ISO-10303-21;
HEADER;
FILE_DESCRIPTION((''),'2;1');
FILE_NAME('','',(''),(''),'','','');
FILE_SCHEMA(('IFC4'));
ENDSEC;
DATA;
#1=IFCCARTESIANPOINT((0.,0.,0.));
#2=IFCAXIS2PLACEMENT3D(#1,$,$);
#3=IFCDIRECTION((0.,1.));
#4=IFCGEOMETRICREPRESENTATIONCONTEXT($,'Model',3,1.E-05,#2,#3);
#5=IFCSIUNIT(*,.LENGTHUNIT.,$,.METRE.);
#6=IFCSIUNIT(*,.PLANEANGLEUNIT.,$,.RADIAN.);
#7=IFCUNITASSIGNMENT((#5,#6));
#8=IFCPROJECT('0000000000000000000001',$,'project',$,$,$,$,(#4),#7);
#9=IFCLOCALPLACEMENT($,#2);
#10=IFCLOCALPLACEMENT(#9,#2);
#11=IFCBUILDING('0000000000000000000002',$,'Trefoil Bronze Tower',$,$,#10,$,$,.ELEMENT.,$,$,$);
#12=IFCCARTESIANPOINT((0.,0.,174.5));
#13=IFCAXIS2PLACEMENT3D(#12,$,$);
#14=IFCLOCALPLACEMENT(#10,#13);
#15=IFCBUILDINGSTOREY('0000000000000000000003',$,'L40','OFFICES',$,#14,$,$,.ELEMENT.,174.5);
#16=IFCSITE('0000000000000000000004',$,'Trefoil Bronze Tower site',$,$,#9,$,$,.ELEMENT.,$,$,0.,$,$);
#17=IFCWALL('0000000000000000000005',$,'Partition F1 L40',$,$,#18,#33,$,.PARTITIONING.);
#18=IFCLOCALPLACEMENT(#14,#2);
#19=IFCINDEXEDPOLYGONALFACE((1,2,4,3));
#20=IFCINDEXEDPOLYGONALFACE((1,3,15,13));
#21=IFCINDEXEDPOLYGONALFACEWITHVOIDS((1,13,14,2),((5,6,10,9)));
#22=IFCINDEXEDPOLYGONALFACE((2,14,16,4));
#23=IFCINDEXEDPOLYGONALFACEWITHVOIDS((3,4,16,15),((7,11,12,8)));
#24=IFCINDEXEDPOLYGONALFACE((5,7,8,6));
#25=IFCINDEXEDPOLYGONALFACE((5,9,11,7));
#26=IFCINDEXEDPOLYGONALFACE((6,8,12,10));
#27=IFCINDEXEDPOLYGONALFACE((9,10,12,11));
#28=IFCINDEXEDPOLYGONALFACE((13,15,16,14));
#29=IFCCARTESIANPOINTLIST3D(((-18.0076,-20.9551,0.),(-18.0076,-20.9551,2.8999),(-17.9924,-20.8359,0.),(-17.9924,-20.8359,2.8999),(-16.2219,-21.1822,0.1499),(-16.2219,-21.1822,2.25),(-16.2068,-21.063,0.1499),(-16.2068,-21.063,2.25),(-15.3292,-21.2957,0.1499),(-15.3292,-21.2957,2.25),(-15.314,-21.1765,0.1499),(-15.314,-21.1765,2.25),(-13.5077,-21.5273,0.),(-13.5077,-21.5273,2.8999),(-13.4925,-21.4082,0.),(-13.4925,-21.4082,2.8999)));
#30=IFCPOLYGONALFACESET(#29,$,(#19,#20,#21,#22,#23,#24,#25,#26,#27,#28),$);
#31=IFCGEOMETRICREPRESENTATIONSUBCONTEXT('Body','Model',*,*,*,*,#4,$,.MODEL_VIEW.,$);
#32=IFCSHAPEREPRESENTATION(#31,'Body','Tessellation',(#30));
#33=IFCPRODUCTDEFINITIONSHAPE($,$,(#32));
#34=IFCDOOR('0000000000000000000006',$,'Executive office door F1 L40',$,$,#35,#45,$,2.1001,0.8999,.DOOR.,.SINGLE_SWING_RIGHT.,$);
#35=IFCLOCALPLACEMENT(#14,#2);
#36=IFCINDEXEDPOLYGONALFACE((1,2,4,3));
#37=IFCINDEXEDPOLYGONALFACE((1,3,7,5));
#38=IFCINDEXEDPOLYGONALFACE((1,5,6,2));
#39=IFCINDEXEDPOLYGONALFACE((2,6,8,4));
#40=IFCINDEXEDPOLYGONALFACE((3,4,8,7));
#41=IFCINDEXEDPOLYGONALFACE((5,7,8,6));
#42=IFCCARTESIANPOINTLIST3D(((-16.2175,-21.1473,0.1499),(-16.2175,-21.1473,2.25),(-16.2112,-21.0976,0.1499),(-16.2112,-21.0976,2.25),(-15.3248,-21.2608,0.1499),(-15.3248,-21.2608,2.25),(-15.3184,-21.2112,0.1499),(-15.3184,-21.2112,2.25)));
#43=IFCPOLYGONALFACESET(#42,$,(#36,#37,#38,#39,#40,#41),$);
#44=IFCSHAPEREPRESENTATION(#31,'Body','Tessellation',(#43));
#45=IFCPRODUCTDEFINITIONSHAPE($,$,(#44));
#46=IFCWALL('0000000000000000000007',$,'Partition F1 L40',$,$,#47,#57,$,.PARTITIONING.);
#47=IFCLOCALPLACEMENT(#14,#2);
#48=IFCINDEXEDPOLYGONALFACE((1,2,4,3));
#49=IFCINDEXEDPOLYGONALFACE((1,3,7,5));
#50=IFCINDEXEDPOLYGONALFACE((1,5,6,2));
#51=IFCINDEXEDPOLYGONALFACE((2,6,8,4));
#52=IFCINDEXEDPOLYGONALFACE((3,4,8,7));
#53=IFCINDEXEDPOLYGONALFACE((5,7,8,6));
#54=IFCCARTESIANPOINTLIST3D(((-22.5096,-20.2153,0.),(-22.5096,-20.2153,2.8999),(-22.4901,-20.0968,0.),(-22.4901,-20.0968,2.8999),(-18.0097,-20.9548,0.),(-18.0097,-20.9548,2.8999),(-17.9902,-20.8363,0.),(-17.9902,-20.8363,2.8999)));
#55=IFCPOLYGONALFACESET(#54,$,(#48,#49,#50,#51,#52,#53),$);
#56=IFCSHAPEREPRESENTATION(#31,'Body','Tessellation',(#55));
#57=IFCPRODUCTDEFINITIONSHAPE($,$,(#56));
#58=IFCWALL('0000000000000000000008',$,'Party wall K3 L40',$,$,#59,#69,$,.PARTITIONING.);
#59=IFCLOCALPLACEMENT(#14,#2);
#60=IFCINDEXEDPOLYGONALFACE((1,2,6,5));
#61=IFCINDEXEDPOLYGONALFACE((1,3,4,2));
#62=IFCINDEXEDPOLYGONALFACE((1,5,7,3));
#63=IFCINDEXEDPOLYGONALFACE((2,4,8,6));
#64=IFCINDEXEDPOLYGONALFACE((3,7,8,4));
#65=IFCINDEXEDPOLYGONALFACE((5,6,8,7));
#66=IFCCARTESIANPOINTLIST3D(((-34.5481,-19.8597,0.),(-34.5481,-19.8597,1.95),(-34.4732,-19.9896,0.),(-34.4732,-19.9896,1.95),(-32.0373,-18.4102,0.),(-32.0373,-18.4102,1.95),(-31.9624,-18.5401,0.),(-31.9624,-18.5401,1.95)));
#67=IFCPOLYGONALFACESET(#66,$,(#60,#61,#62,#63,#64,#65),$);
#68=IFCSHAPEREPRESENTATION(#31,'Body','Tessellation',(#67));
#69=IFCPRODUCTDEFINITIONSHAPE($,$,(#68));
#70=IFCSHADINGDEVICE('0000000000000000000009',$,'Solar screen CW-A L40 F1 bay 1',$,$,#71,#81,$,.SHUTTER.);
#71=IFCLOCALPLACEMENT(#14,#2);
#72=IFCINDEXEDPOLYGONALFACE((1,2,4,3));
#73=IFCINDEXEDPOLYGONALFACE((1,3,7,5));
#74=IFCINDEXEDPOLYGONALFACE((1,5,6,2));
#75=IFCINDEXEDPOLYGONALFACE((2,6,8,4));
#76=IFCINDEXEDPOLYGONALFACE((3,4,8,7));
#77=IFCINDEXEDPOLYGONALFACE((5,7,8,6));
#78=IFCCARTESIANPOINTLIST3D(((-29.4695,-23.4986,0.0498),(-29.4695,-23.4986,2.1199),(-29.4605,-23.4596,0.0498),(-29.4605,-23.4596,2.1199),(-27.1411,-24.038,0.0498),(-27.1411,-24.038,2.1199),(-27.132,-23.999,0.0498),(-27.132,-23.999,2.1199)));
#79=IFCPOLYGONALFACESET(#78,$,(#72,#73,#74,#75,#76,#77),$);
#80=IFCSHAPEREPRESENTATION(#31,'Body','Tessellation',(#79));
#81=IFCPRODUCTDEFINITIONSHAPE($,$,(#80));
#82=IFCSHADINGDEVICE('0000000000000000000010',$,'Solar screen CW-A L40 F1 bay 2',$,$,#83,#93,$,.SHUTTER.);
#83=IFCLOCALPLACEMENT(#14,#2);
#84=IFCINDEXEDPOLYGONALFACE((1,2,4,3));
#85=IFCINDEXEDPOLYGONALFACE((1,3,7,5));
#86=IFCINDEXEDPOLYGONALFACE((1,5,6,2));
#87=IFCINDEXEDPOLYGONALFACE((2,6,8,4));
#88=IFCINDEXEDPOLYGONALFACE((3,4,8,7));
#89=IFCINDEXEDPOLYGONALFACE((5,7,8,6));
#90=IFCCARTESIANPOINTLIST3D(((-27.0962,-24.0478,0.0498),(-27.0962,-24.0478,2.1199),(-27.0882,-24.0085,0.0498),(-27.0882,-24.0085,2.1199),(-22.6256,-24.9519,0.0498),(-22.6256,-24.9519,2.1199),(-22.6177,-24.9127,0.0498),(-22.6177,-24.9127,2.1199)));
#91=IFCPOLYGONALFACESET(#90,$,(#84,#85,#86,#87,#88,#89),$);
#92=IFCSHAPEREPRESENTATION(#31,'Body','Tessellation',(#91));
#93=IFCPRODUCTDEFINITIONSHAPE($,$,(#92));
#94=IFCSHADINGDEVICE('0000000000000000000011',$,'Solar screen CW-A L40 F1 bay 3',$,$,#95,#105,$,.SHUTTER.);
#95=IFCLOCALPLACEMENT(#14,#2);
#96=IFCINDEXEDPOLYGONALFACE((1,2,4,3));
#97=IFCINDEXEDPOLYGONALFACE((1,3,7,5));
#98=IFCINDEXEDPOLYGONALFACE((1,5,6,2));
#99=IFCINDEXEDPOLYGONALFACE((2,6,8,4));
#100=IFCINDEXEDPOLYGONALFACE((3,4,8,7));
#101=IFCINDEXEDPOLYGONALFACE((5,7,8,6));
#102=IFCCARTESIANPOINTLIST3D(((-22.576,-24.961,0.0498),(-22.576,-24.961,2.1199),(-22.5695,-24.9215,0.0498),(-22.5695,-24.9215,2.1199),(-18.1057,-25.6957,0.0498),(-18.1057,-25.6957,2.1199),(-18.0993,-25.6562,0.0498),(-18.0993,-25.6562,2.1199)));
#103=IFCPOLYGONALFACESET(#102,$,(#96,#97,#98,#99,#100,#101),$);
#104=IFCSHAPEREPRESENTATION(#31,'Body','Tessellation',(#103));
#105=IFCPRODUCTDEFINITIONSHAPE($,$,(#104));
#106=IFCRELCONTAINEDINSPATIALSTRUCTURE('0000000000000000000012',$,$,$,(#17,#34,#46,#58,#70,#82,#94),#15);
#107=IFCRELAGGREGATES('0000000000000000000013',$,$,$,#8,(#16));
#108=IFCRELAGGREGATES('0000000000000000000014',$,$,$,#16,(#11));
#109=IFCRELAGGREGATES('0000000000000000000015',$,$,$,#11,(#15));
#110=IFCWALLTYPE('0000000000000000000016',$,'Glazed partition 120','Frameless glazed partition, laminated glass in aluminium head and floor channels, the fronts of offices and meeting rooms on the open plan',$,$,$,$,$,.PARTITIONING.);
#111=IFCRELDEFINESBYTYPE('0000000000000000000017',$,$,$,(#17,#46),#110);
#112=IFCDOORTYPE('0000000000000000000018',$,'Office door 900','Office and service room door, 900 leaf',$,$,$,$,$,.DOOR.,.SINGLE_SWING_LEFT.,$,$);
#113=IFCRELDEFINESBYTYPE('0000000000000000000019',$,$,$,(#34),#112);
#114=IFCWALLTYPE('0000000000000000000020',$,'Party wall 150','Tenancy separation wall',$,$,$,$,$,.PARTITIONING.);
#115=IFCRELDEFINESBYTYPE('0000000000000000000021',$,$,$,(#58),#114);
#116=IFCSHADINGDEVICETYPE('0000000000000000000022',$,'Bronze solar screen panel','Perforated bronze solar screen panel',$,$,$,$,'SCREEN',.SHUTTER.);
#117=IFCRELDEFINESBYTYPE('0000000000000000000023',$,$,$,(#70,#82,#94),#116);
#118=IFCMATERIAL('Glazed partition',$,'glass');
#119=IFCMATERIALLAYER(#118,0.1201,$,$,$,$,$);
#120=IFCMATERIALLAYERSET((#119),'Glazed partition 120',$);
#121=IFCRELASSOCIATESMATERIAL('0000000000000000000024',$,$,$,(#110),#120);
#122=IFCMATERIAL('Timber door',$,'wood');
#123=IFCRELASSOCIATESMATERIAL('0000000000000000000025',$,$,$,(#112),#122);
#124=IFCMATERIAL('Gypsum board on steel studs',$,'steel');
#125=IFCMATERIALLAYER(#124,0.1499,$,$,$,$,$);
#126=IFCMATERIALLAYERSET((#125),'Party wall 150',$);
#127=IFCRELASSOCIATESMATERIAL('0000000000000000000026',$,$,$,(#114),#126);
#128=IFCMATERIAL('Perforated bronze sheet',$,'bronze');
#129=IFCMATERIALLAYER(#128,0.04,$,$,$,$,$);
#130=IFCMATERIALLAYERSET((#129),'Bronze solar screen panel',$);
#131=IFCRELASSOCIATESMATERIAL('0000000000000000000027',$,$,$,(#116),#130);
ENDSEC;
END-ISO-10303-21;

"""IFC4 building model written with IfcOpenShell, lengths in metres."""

from ifc_helpers import new_model, si_unit, direction, frame, frame_2d, origin, origin_2d, place, context, subcontext, project, spatial, rectangle, extrude, material, layer, layer_set, type_object, element, fill, save


model = new_model("IFC4")

# Units and contexts
model_context = context("Model", 3, precision=1e-05, world=origin(), true_north=direction((0.0, 1.0)))
body_context = subcontext(model_context, "Body", "Model", "MODEL_VIEW")
ifc_project = project(units=[si_unit("LENGTHUNIT", "METRE"), si_unit("PLANEANGLEUNIT", "RADIAN")], contexts=[model_context])

# Site, building, storey
site_placement = place(None, origin())
site = spatial("IfcSite", under=ifc_project, at=site_placement, Name="Trefoil Bronze Tower site", CompositionType="ELEMENT", RefElevation=0.0)
building_placement = place(site_placement, origin())
building = spatial("IfcBuilding", under=site, at=building_placement, Name="Trefoil Bronze Tower", CompositionType="ELEMENT")
storey_placement = place(building_placement, frame((0.0, 0.0, 174.5)))
storey = spatial("IfcBuildingStorey", under=building, at=storey_placement, Name="L40", Description="OFFICES", CompositionType="ELEMENT", Elevation=174.5)

# Wall, opening, door
ifc_material_1 = material(Name="Glazed partition", Category="glass")
ifc_layer_1 = layer(ifc_material_1, 0.1201)
ifc_layer_set_1 = layer_set([ifc_layer_1], Name="Glazed partition 120")
wall_type_1 = type_object("IfcWallType", Name="Glazed partition 120", Description="Frameless glazed partition, laminated glass in aluminium head and floor channels, the fronts of offices and meeting rooms on the open plan", PredefinedType="PARTITIONING", material=ifc_layer_set_1)
wall_1_placement = place(storey_placement, frame((-18.0, -20.8955, 0.0), z_axis=(0.0, 0.0, 1.0), x_axis=(0.992011, -0.126154, 0.0)))
wall_1 = element("IfcWall", 1, at=wall_1_placement, inside=storey, type_object=wall_type_1, Name="Partition F1 L40", PredefinedType="PARTITIONING", context=body_context, shape_type="SweptSolid", body=[
    extrude(rectangle(XDim=4.5361, YDim=0.1201, at=frame_2d((2.2681, 0.0))), origin(), (0.0, 0.0, 1.0), 2.8999),
])
opening_placement = place(wall_1_placement, frame((1.8, 0.0, 0.1499)))
opening = element("IfcOpeningElement", 2, at=opening_placement, cuts=wall_1, PredefinedType="OPENING", context=body_context, shape_type="SweptSolid", body=[
    extrude(rectangle(XDim=0.8999, YDim=2.1001, at=frame_2d((0.45, 1.05))), frame((0.0, 0.0701, 0.0), z_axis=(0.0, -1.0, 0.0), x_axis=(1.0, 0.0, 0.0)), (0.0, 0.0, 1.0), 0.1401),
])
ifc_material_2 = material(Name="Timber door", Category="wood")
door_type = type_object("IfcDoorType", Name="Office door 900", Description="Office and service room door, 900 leaf", OperationType="SINGLE_SWING_LEFT", PredefinedType="DOOR", material=ifc_material_2)
door_placement = place(opening_placement, frame((0.8999, 0.0, 0.0), z_axis=(0.0, 0.0, 1.0), x_axis=(-1.0, 0.0, 0.0)))
door = element("IfcDoor", 3, at=door_placement, inside=storey, type_object=door_type, Name="Executive office door F1 L40", OperationType="SINGLE_SWING_RIGHT", OverallHeight=2.1001, OverallWidth=0.8999, PredefinedType="DOOR", context=body_context, shape_type="SweptSolid", body=[
    extrude(rectangle(XDim=0.8999, YDim=2.1001, at=frame_2d((0.45, 1.05))), frame((0.0, 0.0249, 0.0), z_axis=(0.0, -1.0, 0.0), x_axis=(1.0, 0.0, 0.0)), (0.0, 0.0, 1.0), 0.05),
])
fill(opening, door)

# Walls
wall_2_placement = place(storey_placement, frame((-22.5, -20.156, 0.0), z_axis=(0.0, 0.0, 1.0), x_axis=(0.986765, -0.162159, 0.0)))
element("IfcWall", 4, at=wall_2_placement, inside=storey, type_object=wall_type_1, Name="Partition F1 L40", PredefinedType="PARTITIONING", context=body_context, shape_type="SweptSolid", body=[
    extrude(rectangle(XDim=4.5603, YDim=0.1201, at=frame_2d((2.2803, 0.0))), origin(), (0.0, 0.0, 1.0), 2.8999),
])
ifc_material_3 = material(Name="Gypsum board on steel studs", Category="steel")
ifc_layer_2 = layer(ifc_material_3, 0.1499)
ifc_layer_set_2 = layer_set([ifc_layer_2], Name="Party wall 150")
wall_type_2 = type_object("IfcWallType", Name="Party wall 150", Description="Tenancy separation wall", PredefinedType="PARTITIONING", material=ifc_layer_set_2)
wall_3_placement = place(storey_placement, frame((-31.9998, -18.4751, 0.0), z_axis=(0.0, 0.0, 1.0), x_axis=(-0.866043, -0.49997, 0.0)))
element("IfcWall", 5, at=wall_3_placement, inside=storey, type_object=wall_type_2, Name="Party wall K3 L40", PredefinedType="PARTITIONING", context=body_context, shape_type="SweptSolid", body=[
    extrude(rectangle(XDim=2.8992, YDim=0.1499, at=frame_2d((1.4497, 0.0))), origin(), (0.0, 0.0, 1.0), 1.95),
])

# Shading devices
ifc_material_4 = material(Name="Perforated bronze sheet", Category="bronze")
ifc_layer_3 = layer(ifc_material_4, 0.04)
ifc_layer_set_3 = layer_set([ifc_layer_3], Name="Bronze solar screen panel")
shading_device_type = type_object("IfcShadingDeviceType", Name="Bronze solar screen panel", Description="Perforated bronze solar screen panel", ElementType="SCREEN", PredefinedType="SHUTTER", material=ifc_layer_set_3)
shading_device_1_placement = place(storey_placement, frame((-28.3008, -23.7488, 0.0498), z_axis=(0.0, 0.0, 1.0), x_axis=(0.974204, -0.225667, 0.0)))
element("IfcShadingDevice", 6, at=shading_device_1_placement, inside=storey, type_object=shading_device_type, Name="Solar screen CW-A L40 F1 bay 1", PredefinedType="SHUTTER", context=body_context, shape_type="SweptSolid", body=[
    extrude(rectangle(XDim=2.3901, YDim=0.04, at=origin_2d()), origin(), (0.0, 0.0, 1.0), 2.0701),
])
shading_device_2_placement = place(storey_placement, frame((-24.8569, -24.4802, 0.0498), z_axis=(0.0, 0.0, 1.0), x_axis=(0.980155, -0.198232, 0.0)))
element("IfcShadingDevice", 7, at=shading_device_2_placement, inside=storey, type_object=shading_device_type, Name="Solar screen CW-A L40 F1 bay 2", PredefinedType="SHUTTER", context=body_context, shape_type="SweptSolid", body=[
    extrude(rectangle(XDim=4.561, YDim=0.04, at=origin_2d()), origin(), (0.0, 0.0, 1.0), 2.0701),
])
shading_device_3_placement = place(storey_placement, frame((-20.3376, -25.3086, 0.0498), z_axis=(0.0, 0.0, 1.0), x_axis=(0.98676, -0.162189, 0.0)))
element("IfcShadingDevice", 8, at=shading_device_3_placement, inside=storey, type_object=shading_device_type, Name="Solar screen CW-A L40 F1 bay 3", PredefinedType="SHUTTER", context=body_context, shape_type="SweptSolid", body=[
    extrude(rectangle(XDim=4.5303, YDim=0.04, at=origin_2d()), origin(), (0.0, 0.0, 1.0), 2.0701),
])

save(model, "model.ifc")
